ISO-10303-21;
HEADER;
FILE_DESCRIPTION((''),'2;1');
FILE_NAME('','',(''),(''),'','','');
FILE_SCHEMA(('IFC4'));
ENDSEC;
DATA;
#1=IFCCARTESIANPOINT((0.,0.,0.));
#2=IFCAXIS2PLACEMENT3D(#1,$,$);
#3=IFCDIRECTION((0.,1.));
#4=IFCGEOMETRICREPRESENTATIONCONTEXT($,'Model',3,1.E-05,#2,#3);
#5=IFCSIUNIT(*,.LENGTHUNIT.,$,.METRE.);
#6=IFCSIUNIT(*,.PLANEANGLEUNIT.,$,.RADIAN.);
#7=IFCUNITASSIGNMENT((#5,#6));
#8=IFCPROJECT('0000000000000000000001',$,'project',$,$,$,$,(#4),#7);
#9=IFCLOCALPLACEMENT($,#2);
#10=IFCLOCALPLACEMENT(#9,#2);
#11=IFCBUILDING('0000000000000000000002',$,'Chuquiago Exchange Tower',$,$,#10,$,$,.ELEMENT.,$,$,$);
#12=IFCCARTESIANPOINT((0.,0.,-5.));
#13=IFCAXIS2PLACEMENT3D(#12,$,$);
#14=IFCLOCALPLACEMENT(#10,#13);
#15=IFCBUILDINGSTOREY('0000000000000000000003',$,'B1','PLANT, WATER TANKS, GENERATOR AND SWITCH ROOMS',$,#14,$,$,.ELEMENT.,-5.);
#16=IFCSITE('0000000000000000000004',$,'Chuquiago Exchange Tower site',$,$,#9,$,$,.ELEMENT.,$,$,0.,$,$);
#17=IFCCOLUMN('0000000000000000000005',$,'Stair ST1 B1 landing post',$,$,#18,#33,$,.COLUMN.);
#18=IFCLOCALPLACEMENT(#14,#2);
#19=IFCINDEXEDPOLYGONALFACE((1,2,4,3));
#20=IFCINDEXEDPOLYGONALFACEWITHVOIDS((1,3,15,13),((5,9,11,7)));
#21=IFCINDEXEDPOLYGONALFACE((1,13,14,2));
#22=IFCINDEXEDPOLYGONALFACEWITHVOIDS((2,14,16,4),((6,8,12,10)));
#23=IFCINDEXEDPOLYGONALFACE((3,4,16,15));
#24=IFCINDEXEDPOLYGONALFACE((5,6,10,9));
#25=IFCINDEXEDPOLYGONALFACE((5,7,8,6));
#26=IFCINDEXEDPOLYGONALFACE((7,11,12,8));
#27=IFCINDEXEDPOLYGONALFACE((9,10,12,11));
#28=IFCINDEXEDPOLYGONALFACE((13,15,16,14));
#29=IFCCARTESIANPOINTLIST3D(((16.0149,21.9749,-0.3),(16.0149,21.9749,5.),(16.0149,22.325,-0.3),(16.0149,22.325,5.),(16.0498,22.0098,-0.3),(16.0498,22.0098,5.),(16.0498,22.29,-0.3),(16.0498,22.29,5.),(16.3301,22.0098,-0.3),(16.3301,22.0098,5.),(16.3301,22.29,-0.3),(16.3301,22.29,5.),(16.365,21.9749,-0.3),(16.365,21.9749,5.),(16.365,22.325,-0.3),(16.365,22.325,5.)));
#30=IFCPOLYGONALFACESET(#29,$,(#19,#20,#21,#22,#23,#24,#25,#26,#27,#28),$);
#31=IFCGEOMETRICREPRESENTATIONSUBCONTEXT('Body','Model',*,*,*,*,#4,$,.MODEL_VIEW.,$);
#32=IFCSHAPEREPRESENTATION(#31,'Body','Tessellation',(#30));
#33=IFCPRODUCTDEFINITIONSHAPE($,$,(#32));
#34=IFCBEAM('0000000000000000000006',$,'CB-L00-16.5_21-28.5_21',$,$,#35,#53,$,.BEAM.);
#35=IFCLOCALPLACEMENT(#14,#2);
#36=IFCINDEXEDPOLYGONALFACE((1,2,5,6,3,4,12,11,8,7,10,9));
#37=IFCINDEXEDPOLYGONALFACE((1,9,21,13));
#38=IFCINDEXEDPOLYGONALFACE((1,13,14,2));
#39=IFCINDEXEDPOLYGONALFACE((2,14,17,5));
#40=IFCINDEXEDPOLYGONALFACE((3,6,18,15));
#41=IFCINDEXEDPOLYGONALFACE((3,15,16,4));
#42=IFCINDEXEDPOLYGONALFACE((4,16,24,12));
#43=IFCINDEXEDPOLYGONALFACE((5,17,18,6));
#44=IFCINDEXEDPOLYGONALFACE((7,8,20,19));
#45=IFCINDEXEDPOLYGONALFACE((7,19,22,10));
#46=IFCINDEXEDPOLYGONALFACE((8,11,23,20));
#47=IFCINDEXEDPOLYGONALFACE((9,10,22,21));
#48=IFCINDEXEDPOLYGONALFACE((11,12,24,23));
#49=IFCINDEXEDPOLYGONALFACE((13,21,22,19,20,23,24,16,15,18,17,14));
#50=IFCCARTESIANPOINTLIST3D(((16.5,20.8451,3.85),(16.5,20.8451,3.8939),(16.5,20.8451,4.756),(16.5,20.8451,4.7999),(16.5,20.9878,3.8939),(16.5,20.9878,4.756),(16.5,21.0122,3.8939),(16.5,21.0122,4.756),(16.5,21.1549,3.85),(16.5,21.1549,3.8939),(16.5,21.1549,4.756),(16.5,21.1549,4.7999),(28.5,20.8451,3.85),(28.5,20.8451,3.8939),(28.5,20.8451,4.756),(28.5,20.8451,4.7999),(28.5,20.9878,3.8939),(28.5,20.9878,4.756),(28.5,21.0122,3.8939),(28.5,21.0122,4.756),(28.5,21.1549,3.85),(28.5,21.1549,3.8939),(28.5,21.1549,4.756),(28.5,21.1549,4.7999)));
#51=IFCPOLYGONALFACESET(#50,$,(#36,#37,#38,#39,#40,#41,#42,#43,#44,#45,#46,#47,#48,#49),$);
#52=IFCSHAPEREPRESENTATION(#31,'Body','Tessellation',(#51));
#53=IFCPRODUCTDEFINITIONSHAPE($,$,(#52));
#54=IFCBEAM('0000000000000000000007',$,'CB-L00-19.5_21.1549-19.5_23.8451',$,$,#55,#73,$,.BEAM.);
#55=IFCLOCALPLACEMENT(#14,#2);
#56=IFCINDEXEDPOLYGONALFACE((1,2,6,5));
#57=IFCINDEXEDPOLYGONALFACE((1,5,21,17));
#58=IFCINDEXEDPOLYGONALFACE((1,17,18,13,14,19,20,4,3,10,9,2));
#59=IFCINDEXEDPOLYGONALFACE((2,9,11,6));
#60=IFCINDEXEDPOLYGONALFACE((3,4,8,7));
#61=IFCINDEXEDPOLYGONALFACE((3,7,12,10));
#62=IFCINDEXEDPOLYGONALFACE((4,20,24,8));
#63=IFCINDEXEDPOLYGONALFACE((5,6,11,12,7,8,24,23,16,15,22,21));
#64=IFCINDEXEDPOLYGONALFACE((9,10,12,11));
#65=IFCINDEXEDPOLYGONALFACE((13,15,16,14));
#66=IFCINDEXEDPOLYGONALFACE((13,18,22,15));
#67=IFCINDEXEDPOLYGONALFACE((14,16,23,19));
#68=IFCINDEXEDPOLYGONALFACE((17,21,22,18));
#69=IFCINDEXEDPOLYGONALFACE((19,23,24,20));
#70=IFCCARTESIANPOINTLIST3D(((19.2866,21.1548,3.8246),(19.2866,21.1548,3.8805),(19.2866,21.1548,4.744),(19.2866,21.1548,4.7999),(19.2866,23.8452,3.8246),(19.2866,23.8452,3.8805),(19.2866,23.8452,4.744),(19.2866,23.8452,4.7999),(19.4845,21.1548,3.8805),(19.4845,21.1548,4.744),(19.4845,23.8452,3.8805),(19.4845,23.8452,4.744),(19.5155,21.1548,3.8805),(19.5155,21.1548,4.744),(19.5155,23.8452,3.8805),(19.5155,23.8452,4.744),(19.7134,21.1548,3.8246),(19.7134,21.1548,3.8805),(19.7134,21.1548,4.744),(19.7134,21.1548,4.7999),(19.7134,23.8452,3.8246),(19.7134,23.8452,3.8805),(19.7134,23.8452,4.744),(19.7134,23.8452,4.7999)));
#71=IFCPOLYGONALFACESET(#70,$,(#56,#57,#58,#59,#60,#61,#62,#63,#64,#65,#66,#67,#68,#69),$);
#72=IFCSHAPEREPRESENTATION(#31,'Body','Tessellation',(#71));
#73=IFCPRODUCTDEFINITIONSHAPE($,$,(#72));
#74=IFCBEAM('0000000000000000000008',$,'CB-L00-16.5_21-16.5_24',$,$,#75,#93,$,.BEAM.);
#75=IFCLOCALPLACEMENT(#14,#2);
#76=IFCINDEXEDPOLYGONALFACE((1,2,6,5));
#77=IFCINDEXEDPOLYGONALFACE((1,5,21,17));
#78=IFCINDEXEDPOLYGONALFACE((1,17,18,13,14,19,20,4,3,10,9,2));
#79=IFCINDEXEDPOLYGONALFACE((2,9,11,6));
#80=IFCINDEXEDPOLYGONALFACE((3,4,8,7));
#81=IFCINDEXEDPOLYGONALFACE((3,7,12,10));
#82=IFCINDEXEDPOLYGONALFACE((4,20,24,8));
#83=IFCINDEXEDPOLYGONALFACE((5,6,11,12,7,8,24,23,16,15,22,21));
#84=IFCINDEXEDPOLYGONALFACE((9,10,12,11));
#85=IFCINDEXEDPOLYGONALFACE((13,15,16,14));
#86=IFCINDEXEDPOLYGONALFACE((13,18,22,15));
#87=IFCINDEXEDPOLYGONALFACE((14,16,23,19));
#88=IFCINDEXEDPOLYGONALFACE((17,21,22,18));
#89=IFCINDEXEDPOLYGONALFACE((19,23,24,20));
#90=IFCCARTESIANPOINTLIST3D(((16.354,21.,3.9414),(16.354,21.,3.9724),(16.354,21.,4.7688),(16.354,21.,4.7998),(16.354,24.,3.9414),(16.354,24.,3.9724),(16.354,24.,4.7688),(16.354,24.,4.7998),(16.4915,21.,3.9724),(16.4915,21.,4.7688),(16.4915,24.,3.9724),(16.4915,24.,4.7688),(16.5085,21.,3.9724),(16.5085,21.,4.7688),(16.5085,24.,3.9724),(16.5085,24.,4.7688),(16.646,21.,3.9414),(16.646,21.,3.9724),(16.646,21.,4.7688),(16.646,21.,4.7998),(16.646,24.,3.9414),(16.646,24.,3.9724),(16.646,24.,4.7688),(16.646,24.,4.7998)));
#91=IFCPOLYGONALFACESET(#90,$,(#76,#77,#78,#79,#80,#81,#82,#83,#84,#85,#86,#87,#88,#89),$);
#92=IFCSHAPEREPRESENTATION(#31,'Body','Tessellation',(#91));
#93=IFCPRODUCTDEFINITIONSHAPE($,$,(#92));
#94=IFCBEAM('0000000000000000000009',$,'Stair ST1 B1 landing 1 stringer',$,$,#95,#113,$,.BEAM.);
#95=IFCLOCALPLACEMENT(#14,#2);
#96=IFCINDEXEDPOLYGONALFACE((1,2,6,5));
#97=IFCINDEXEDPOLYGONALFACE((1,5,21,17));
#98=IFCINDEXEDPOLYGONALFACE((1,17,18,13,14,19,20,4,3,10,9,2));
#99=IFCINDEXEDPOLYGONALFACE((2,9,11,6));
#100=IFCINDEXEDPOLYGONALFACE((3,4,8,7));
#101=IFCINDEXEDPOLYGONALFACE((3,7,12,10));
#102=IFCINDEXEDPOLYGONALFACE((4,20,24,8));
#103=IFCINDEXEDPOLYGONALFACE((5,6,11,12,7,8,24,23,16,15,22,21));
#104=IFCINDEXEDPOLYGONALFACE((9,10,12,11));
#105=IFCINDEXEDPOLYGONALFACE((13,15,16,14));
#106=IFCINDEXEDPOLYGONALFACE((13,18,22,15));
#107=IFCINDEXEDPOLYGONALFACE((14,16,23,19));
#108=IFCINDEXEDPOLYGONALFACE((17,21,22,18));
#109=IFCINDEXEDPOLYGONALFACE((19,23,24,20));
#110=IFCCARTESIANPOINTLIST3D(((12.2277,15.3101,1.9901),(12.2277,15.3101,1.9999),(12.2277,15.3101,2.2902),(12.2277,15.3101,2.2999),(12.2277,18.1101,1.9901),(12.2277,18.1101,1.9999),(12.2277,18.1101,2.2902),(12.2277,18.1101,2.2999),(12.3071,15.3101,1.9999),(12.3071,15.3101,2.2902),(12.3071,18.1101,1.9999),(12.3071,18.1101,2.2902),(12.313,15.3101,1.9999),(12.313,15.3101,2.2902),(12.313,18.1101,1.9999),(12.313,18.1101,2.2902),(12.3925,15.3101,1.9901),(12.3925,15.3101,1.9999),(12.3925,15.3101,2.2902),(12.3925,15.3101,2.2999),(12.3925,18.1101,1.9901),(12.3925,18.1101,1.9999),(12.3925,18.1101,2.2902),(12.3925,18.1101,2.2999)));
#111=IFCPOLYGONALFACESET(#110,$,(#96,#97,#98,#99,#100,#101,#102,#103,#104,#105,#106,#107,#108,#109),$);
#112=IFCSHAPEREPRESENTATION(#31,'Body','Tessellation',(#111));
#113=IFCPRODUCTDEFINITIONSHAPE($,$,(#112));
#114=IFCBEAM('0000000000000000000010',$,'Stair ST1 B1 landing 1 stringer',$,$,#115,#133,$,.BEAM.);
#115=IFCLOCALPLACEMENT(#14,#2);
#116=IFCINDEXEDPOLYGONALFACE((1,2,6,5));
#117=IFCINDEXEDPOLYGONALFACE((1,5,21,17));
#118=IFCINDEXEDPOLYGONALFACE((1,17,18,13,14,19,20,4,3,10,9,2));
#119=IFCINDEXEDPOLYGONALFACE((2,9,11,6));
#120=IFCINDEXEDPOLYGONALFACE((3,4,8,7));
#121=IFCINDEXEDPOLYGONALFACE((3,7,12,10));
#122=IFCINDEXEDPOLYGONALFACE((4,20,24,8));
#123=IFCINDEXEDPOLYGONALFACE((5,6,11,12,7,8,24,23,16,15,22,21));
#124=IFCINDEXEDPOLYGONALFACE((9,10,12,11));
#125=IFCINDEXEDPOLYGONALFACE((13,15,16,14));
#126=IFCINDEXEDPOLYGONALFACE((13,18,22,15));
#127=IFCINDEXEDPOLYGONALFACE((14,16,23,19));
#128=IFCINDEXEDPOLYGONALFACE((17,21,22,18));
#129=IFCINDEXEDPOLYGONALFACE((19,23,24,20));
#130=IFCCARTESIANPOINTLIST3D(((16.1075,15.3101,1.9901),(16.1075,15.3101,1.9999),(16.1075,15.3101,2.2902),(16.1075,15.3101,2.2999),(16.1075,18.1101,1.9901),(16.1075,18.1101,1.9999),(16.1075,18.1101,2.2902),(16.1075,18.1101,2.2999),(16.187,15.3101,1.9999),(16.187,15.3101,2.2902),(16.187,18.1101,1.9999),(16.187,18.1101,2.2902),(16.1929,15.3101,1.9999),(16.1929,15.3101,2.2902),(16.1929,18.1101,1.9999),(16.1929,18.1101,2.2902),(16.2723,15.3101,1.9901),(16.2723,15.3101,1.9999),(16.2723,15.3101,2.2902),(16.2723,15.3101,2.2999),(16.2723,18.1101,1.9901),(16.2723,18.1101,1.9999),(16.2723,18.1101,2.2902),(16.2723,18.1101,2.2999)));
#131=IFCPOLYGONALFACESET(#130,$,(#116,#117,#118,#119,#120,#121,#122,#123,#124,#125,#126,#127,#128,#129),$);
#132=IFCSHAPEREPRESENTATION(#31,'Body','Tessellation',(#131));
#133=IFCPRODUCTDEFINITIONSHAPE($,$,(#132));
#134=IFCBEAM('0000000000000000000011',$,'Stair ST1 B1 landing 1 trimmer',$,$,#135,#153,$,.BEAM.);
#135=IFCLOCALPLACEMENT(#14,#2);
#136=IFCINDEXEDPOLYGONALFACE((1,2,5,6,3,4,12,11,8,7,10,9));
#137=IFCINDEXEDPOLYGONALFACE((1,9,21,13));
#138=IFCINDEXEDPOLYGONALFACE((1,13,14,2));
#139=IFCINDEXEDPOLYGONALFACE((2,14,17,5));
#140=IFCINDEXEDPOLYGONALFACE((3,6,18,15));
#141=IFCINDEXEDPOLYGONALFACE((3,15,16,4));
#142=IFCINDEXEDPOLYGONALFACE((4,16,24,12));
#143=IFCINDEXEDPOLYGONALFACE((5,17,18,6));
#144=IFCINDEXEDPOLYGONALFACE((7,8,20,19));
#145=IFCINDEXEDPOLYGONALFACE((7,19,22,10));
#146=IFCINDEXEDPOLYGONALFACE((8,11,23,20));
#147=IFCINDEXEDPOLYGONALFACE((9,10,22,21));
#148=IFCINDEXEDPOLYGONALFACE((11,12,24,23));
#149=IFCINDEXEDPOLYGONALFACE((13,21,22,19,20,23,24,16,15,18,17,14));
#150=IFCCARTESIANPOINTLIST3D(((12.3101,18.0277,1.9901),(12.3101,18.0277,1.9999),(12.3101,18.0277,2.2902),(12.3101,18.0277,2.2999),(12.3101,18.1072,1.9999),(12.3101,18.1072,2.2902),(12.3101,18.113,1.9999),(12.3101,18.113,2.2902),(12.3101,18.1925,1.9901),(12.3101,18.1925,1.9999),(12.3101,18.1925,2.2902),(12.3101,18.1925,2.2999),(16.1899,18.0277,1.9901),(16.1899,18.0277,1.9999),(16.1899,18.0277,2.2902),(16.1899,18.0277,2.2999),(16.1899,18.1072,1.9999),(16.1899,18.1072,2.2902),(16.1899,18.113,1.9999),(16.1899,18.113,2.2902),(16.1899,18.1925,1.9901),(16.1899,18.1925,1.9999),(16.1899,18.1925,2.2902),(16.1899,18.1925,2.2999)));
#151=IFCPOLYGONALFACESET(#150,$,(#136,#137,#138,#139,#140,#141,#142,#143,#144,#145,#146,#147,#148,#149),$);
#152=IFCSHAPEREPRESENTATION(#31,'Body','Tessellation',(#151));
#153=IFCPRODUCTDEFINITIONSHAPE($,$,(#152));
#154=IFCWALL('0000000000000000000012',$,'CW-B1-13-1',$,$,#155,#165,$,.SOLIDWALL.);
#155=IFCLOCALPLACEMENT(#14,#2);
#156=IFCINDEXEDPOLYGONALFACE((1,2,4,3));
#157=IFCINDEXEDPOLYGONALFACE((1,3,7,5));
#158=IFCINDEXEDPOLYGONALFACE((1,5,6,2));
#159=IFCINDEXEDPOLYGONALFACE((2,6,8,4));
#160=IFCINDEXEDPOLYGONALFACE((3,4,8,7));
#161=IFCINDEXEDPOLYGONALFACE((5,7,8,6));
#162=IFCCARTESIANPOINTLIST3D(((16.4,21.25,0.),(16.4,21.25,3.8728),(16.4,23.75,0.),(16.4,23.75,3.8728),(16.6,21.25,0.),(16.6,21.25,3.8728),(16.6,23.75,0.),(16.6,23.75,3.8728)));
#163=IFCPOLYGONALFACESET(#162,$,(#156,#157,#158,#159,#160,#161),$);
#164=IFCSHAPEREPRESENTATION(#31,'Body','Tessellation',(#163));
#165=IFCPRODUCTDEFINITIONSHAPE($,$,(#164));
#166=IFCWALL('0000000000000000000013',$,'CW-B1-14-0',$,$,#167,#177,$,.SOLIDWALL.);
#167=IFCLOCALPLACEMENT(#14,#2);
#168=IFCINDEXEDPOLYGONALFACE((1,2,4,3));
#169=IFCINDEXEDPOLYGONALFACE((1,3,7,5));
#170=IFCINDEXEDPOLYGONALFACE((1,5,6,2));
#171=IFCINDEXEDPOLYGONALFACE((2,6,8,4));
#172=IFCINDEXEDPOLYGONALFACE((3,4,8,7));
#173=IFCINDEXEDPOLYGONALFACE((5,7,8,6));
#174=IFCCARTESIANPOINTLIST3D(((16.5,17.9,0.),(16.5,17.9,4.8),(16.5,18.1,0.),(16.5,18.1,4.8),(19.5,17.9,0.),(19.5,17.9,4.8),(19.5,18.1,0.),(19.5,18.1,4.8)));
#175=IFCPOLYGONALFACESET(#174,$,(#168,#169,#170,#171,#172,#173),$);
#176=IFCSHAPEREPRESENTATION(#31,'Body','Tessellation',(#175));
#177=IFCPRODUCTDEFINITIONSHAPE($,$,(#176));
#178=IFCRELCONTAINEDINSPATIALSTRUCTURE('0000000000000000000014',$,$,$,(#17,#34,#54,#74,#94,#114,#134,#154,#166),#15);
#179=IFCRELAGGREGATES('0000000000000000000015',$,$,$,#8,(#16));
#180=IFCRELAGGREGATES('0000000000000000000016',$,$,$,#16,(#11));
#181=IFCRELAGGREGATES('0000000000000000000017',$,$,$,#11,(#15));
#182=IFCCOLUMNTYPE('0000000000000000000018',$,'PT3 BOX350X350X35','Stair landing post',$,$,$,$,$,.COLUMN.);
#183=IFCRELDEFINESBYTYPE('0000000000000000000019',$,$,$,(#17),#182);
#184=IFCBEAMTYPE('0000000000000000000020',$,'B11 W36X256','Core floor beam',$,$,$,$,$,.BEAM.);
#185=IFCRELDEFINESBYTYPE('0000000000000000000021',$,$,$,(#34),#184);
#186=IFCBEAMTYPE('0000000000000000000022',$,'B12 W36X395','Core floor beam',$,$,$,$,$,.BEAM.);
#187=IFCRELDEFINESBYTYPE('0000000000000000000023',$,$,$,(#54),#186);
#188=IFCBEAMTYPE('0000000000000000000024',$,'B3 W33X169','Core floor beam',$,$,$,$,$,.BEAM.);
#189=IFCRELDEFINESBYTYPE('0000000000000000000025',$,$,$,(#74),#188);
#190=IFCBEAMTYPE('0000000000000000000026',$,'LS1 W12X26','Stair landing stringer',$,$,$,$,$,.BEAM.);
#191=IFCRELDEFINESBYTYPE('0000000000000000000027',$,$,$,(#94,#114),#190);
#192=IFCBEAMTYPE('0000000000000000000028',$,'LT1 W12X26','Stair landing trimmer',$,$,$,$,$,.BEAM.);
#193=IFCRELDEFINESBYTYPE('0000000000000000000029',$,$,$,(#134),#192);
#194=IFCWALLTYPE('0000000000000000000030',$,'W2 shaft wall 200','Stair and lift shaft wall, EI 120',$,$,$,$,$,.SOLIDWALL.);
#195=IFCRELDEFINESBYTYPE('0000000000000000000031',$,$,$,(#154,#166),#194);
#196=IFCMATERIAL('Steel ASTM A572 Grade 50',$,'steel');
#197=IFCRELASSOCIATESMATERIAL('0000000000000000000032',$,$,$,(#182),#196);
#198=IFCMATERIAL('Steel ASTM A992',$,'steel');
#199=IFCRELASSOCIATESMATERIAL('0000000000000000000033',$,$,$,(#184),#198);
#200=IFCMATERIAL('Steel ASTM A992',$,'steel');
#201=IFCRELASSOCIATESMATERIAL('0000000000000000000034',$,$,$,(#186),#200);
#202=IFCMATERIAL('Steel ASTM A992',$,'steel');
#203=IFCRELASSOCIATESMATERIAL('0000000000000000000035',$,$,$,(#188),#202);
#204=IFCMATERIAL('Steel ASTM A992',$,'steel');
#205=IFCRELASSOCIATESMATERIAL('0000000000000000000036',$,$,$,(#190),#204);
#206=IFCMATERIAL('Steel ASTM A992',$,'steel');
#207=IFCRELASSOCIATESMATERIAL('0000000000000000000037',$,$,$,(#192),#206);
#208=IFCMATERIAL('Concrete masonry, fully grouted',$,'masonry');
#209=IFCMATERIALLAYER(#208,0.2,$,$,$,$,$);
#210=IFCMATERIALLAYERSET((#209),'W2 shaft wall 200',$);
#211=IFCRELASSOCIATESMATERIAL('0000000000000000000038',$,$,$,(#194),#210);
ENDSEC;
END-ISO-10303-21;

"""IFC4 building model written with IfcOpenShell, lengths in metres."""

from ifc_helpers import new_model, si_unit, direction, frame, frame_2d, origin, origin_2d, place, context, subcontext, project, spatial, rectangle, hollow_rectangle, i_section, extrude, material, layer, layer_set, material_profile, profile_set, type_object, element, save


model = new_model("IFC4")

# Units and contexts
model_context = context("Model", 3, precision=1e-05, world=origin(), true_north=direction((0.0, 1.0)))
body_context = subcontext(model_context, "Body", "Model", "MODEL_VIEW")
ifc_project = project(units=[si_unit("LENGTHUNIT", "METRE"), si_unit("PLANEANGLEUNIT", "RADIAN")], contexts=[model_context])

# Site, building, storey
site_placement = place(None, origin())
site = spatial("IfcSite", under=ifc_project, at=site_placement, Name="Chuquiago Exchange Tower site", CompositionType="ELEMENT", RefElevation=0.0)
building_placement = place(site_placement, origin())
building = spatial("IfcBuilding", under=site, at=building_placement, Name="Chuquiago Exchange Tower", CompositionType="ELEMENT")
storey_placement = place(building_placement, frame((0.0, 0.0, -5.0)))
storey = spatial("IfcBuildingStorey", under=building, at=storey_placement, Name="B1", Description="PLANT, WATER TANKS, GENERATOR AND SWITCH ROOMS", CompositionType="ELEMENT", Elevation=-5.0)

# Column
ifc_material_1 = material(Name="Steel ASTM A572 Grade 50", Category="steel")
ifc_material_profile_1 = material_profile(ifc_material_1, hollow_rectangle(XDim=0.3501, YDim=0.3501, WallThickness=0.0349, at=origin_2d()), Name="BOX350X350X35")
ifc_profile_set_1 = profile_set([ifc_material_profile_1], Name="Steel ASTM A572 Grade 50")
column_type_1 = type_object("IfcColumnType", Name="PT3 BOX350X350X35", Description="Stair landing post", PredefinedType="COLUMN", material=ifc_profile_set_1)
for number, where, z_axis, x_axis, name in (
    (1, (16.1899, 22.1499, -0.3), (0.0, 0.0, 1.0), (1.0, 0.0, 0.0), "Stair ST1 B1 landing post"),
):
    element("IfcColumn", number, at=place(storey_placement, frame(where, z_axis=z_axis, x_axis=x_axis)), inside=storey, type_object=column_type_1, Name=name, PredefinedType="COLUMN", context=body_context, shape_type="SweptSolid", body=[
        extrude(hollow_rectangle(XDim=0.3501, YDim=0.3501, WallThickness=0.0349, at=origin_2d()), origin(), (0.0, 0.0, 1.0), 5.3),
    ])

# Beams
ifc_material_2 = material(Name="Steel ASTM A992", Category="steel")
ifc_material_profile_2 = material_profile(ifc_material_2, i_section(OverallWidth=0.3098, OverallDepth=0.95, WebThickness=0.0244, FlangeThickness=0.0439, at=origin_2d()), Name="W36X256")
ifc_profile_set_2 = profile_set([ifc_material_profile_2], Name="Steel ASTM A992")
beam_type_1 = type_object("IfcBeamType", Name="B11 W36X256", Description="Core floor beam", PredefinedType="BEAM", material=ifc_profile_set_2)
beam_1_placement = place(storey_placement, frame((16.5, 21.0, 4.325), z_axis=(1.0, 0.0, 0.0), x_axis=(0.0, 1.0, 0.0)))
element("IfcBeam", 2, at=beam_1_placement, inside=storey, type_object=beam_type_1, Name="CB-L00-16.5_21-28.5_21", PredefinedType="BEAM", context=body_context, shape_type="SweptSolid", body=[
    extrude(i_section(OverallWidth=0.3098, OverallDepth=0.95, WebThickness=0.0244, FlangeThickness=0.0439, at=origin_2d()), origin(), (0.0, 0.0, 1.0), 12.0),
])
ifc_material_3 = material(Name="Steel ASTM A992", Category="steel")
ifc_material_profile_3 = material_profile(ifc_material_3, i_section(OverallWidth=0.4268, OverallDepth=0.9753, WebThickness=0.031, FlangeThickness=0.0559, at=origin_2d()), Name="W36X395")
ifc_profile_set_3 = profile_set([ifc_material_profile_3], Name="Steel ASTM A992")
beam_type_2 = type_object("IfcBeamType", Name="B12 W36X395", Description="Core floor beam", PredefinedType="BEAM", material=ifc_profile_set_3)
beam_2_placement = place(storey_placement, frame((19.5, 21.1548, 4.3123), z_axis=(0.0, 1.0, 0.0), x_axis=(-1.0, 0.0, 0.0)))
element("IfcBeam", 3, at=beam_2_placement, inside=storey, type_object=beam_type_2, Name="CB-L00-19.5_21.1549-19.5_23.8451", PredefinedType="BEAM", context=body_context, shape_type="SweptSolid", body=[
    extrude(i_section(OverallWidth=0.4268, OverallDepth=0.9753, WebThickness=0.031, FlangeThickness=0.0559, at=origin_2d()), origin(), (0.0, 0.0, 1.0), 2.6904),
])
ifc_material_4 = material(Name="Steel ASTM A992", Category="steel")
ifc_material_profile_4 = material_profile(ifc_material_4, i_section(OverallWidth=0.292, OverallDepth=0.8584, WebThickness=0.0171, FlangeThickness=0.031, at=origin_2d()), Name="W33X169")
ifc_profile_set_4 = profile_set([ifc_material_profile_4], Name="Steel ASTM A992")
beam_type_3 = type_object("IfcBeamType", Name="B3 W33X169", Description="Core floor beam", PredefinedType="BEAM", material=ifc_profile_set_4)
beam_3_placement = place(storey_placement, frame((16.5, 21.0, 4.3706), z_axis=(0.0, 1.0, 0.0), x_axis=(-1.0, 0.0, 0.0)))
element("IfcBeam", 4, at=beam_3_placement, inside=storey, type_object=beam_type_3, Name="CB-L00-16.5_21-16.5_24", PredefinedType="BEAM", context=body_context, shape_type="SweptSolid", body=[
    extrude(i_section(OverallWidth=0.292, OverallDepth=0.8584, WebThickness=0.0171, FlangeThickness=0.031, at=origin_2d()), origin(), (0.0, 0.0, 1.0), 3.0),
])
ifc_material_5 = material(Name="Steel ASTM A992", Category="steel")
ifc_material_profile_5 = material_profile(ifc_material_5, i_section(OverallWidth=0.1648, OverallDepth=0.3098, WebThickness=0.0059, FlangeThickness=0.0098, at=origin_2d()), Name="W12X26")
ifc_profile_set_5 = profile_set([ifc_material_profile_5], Name="Steel ASTM A992")
beam_type_4 = type_object("IfcBeamType", Name="LS1 W12X26", Description="Stair landing stringer", PredefinedType="BEAM", material=ifc_profile_set_5)
for number, where, z_axis, x_axis, name in (
    (5, (12.3101, 15.3101, 2.145), (0.0, 1.0, 0.0), (-1.0, 0.0, 0.0), "Stair ST1 B1 landing 1 stringer"),
    (6, (16.1899, 15.3101, 2.145), (0.0, 1.0, 0.0), (-1.0, 0.0, 0.0), "Stair ST1 B1 landing 1 stringer"),
):
    element("IfcBeam", number, at=place(storey_placement, frame(where, z_axis=z_axis, x_axis=x_axis)), inside=storey, type_object=beam_type_4, Name=name, PredefinedType="BEAM", context=body_context, shape_type="SweptSolid", body=[
        extrude(i_section(OverallWidth=0.1648, OverallDepth=0.3098, WebThickness=0.0059, FlangeThickness=0.0098, at=origin_2d()), origin(), (0.0, 0.0, 1.0), 2.8),
    ])
ifc_material_6 = material(Name="Steel ASTM A992", Category="steel")
ifc_material_profile_6 = material_profile(ifc_material_6, i_section(OverallWidth=0.1648, OverallDepth=0.3098, WebThickness=0.0059, FlangeThickness=0.0098, at=origin_2d()), Name="W12X26")
ifc_profile_set_6 = profile_set([ifc_material_profile_6], Name="Steel ASTM A992")
beam_type_5 = type_object("IfcBeamType", Name="LT1 W12X26", Description="Stair landing trimmer", PredefinedType="BEAM", material=ifc_profile_set_6)
beam_4_placement = place(storey_placement, frame((12.3101, 18.1101, 2.145), z_axis=(1.0, 0.0, 0.0), x_axis=(0.0, 1.0, 0.0)))
element("IfcBeam", 7, at=beam_4_placement, inside=storey, type_object=beam_type_5, Name="Stair ST1 B1 landing 1 trimmer", PredefinedType="BEAM", context=body_context, shape_type="SweptSolid", body=[
    extrude(i_section(OverallWidth=0.1648, OverallDepth=0.3098, WebThickness=0.0059, FlangeThickness=0.0098, at=origin_2d()), origin(), (0.0, 0.0, 1.0), 3.8799),
])

# Walls
ifc_material_7 = material(Name="Concrete masonry, fully grouted", Category="masonry")
ifc_layer = layer(ifc_material_7, 0.2)
ifc_layer_set = layer_set([ifc_layer], Name="W2 shaft wall 200")
wall_type = type_object("IfcWallType", Name="W2 shaft wall 200", Description="Stair and lift shaft wall, EI 120", PredefinedType="SOLIDWALL", material=ifc_layer_set)
wall_1_placement = place(storey_placement, frame((16.5, 21.25, 0.0), z_axis=(0.0, 0.0, 1.0), x_axis=(0.0, 1.0, 0.0)))
element("IfcWall", 8, at=wall_1_placement, inside=storey, type_object=wall_type, Name="CW-B1-13-1", PredefinedType="SOLIDWALL", context=body_context, shape_type="SweptSolid", body=[
    extrude(rectangle(XDim=2.5, YDim=0.2, at=frame_2d((1.25, 0.0))), origin(), (0.0, 0.0, 1.0), 3.8728),
])
wall_2_placement = place(storey_placement, frame((16.5, 18.0, 0.0), z_axis=(0.0, 0.0, 1.0), x_axis=(1.0, 0.0, 0.0)))
element("IfcWall", 9, at=wall_2_placement, inside=storey, type_object=wall_type, Name="CW-B1-14-0", PredefinedType="SOLIDWALL", context=body_context, shape_type="SweptSolid", body=[
    extrude(rectangle(XDim=3.0, YDim=0.2, at=frame_2d((1.5, 0.0))), origin(), (0.0, 0.0, 1.0), 4.8),
])

save(model, "model.ifc")
